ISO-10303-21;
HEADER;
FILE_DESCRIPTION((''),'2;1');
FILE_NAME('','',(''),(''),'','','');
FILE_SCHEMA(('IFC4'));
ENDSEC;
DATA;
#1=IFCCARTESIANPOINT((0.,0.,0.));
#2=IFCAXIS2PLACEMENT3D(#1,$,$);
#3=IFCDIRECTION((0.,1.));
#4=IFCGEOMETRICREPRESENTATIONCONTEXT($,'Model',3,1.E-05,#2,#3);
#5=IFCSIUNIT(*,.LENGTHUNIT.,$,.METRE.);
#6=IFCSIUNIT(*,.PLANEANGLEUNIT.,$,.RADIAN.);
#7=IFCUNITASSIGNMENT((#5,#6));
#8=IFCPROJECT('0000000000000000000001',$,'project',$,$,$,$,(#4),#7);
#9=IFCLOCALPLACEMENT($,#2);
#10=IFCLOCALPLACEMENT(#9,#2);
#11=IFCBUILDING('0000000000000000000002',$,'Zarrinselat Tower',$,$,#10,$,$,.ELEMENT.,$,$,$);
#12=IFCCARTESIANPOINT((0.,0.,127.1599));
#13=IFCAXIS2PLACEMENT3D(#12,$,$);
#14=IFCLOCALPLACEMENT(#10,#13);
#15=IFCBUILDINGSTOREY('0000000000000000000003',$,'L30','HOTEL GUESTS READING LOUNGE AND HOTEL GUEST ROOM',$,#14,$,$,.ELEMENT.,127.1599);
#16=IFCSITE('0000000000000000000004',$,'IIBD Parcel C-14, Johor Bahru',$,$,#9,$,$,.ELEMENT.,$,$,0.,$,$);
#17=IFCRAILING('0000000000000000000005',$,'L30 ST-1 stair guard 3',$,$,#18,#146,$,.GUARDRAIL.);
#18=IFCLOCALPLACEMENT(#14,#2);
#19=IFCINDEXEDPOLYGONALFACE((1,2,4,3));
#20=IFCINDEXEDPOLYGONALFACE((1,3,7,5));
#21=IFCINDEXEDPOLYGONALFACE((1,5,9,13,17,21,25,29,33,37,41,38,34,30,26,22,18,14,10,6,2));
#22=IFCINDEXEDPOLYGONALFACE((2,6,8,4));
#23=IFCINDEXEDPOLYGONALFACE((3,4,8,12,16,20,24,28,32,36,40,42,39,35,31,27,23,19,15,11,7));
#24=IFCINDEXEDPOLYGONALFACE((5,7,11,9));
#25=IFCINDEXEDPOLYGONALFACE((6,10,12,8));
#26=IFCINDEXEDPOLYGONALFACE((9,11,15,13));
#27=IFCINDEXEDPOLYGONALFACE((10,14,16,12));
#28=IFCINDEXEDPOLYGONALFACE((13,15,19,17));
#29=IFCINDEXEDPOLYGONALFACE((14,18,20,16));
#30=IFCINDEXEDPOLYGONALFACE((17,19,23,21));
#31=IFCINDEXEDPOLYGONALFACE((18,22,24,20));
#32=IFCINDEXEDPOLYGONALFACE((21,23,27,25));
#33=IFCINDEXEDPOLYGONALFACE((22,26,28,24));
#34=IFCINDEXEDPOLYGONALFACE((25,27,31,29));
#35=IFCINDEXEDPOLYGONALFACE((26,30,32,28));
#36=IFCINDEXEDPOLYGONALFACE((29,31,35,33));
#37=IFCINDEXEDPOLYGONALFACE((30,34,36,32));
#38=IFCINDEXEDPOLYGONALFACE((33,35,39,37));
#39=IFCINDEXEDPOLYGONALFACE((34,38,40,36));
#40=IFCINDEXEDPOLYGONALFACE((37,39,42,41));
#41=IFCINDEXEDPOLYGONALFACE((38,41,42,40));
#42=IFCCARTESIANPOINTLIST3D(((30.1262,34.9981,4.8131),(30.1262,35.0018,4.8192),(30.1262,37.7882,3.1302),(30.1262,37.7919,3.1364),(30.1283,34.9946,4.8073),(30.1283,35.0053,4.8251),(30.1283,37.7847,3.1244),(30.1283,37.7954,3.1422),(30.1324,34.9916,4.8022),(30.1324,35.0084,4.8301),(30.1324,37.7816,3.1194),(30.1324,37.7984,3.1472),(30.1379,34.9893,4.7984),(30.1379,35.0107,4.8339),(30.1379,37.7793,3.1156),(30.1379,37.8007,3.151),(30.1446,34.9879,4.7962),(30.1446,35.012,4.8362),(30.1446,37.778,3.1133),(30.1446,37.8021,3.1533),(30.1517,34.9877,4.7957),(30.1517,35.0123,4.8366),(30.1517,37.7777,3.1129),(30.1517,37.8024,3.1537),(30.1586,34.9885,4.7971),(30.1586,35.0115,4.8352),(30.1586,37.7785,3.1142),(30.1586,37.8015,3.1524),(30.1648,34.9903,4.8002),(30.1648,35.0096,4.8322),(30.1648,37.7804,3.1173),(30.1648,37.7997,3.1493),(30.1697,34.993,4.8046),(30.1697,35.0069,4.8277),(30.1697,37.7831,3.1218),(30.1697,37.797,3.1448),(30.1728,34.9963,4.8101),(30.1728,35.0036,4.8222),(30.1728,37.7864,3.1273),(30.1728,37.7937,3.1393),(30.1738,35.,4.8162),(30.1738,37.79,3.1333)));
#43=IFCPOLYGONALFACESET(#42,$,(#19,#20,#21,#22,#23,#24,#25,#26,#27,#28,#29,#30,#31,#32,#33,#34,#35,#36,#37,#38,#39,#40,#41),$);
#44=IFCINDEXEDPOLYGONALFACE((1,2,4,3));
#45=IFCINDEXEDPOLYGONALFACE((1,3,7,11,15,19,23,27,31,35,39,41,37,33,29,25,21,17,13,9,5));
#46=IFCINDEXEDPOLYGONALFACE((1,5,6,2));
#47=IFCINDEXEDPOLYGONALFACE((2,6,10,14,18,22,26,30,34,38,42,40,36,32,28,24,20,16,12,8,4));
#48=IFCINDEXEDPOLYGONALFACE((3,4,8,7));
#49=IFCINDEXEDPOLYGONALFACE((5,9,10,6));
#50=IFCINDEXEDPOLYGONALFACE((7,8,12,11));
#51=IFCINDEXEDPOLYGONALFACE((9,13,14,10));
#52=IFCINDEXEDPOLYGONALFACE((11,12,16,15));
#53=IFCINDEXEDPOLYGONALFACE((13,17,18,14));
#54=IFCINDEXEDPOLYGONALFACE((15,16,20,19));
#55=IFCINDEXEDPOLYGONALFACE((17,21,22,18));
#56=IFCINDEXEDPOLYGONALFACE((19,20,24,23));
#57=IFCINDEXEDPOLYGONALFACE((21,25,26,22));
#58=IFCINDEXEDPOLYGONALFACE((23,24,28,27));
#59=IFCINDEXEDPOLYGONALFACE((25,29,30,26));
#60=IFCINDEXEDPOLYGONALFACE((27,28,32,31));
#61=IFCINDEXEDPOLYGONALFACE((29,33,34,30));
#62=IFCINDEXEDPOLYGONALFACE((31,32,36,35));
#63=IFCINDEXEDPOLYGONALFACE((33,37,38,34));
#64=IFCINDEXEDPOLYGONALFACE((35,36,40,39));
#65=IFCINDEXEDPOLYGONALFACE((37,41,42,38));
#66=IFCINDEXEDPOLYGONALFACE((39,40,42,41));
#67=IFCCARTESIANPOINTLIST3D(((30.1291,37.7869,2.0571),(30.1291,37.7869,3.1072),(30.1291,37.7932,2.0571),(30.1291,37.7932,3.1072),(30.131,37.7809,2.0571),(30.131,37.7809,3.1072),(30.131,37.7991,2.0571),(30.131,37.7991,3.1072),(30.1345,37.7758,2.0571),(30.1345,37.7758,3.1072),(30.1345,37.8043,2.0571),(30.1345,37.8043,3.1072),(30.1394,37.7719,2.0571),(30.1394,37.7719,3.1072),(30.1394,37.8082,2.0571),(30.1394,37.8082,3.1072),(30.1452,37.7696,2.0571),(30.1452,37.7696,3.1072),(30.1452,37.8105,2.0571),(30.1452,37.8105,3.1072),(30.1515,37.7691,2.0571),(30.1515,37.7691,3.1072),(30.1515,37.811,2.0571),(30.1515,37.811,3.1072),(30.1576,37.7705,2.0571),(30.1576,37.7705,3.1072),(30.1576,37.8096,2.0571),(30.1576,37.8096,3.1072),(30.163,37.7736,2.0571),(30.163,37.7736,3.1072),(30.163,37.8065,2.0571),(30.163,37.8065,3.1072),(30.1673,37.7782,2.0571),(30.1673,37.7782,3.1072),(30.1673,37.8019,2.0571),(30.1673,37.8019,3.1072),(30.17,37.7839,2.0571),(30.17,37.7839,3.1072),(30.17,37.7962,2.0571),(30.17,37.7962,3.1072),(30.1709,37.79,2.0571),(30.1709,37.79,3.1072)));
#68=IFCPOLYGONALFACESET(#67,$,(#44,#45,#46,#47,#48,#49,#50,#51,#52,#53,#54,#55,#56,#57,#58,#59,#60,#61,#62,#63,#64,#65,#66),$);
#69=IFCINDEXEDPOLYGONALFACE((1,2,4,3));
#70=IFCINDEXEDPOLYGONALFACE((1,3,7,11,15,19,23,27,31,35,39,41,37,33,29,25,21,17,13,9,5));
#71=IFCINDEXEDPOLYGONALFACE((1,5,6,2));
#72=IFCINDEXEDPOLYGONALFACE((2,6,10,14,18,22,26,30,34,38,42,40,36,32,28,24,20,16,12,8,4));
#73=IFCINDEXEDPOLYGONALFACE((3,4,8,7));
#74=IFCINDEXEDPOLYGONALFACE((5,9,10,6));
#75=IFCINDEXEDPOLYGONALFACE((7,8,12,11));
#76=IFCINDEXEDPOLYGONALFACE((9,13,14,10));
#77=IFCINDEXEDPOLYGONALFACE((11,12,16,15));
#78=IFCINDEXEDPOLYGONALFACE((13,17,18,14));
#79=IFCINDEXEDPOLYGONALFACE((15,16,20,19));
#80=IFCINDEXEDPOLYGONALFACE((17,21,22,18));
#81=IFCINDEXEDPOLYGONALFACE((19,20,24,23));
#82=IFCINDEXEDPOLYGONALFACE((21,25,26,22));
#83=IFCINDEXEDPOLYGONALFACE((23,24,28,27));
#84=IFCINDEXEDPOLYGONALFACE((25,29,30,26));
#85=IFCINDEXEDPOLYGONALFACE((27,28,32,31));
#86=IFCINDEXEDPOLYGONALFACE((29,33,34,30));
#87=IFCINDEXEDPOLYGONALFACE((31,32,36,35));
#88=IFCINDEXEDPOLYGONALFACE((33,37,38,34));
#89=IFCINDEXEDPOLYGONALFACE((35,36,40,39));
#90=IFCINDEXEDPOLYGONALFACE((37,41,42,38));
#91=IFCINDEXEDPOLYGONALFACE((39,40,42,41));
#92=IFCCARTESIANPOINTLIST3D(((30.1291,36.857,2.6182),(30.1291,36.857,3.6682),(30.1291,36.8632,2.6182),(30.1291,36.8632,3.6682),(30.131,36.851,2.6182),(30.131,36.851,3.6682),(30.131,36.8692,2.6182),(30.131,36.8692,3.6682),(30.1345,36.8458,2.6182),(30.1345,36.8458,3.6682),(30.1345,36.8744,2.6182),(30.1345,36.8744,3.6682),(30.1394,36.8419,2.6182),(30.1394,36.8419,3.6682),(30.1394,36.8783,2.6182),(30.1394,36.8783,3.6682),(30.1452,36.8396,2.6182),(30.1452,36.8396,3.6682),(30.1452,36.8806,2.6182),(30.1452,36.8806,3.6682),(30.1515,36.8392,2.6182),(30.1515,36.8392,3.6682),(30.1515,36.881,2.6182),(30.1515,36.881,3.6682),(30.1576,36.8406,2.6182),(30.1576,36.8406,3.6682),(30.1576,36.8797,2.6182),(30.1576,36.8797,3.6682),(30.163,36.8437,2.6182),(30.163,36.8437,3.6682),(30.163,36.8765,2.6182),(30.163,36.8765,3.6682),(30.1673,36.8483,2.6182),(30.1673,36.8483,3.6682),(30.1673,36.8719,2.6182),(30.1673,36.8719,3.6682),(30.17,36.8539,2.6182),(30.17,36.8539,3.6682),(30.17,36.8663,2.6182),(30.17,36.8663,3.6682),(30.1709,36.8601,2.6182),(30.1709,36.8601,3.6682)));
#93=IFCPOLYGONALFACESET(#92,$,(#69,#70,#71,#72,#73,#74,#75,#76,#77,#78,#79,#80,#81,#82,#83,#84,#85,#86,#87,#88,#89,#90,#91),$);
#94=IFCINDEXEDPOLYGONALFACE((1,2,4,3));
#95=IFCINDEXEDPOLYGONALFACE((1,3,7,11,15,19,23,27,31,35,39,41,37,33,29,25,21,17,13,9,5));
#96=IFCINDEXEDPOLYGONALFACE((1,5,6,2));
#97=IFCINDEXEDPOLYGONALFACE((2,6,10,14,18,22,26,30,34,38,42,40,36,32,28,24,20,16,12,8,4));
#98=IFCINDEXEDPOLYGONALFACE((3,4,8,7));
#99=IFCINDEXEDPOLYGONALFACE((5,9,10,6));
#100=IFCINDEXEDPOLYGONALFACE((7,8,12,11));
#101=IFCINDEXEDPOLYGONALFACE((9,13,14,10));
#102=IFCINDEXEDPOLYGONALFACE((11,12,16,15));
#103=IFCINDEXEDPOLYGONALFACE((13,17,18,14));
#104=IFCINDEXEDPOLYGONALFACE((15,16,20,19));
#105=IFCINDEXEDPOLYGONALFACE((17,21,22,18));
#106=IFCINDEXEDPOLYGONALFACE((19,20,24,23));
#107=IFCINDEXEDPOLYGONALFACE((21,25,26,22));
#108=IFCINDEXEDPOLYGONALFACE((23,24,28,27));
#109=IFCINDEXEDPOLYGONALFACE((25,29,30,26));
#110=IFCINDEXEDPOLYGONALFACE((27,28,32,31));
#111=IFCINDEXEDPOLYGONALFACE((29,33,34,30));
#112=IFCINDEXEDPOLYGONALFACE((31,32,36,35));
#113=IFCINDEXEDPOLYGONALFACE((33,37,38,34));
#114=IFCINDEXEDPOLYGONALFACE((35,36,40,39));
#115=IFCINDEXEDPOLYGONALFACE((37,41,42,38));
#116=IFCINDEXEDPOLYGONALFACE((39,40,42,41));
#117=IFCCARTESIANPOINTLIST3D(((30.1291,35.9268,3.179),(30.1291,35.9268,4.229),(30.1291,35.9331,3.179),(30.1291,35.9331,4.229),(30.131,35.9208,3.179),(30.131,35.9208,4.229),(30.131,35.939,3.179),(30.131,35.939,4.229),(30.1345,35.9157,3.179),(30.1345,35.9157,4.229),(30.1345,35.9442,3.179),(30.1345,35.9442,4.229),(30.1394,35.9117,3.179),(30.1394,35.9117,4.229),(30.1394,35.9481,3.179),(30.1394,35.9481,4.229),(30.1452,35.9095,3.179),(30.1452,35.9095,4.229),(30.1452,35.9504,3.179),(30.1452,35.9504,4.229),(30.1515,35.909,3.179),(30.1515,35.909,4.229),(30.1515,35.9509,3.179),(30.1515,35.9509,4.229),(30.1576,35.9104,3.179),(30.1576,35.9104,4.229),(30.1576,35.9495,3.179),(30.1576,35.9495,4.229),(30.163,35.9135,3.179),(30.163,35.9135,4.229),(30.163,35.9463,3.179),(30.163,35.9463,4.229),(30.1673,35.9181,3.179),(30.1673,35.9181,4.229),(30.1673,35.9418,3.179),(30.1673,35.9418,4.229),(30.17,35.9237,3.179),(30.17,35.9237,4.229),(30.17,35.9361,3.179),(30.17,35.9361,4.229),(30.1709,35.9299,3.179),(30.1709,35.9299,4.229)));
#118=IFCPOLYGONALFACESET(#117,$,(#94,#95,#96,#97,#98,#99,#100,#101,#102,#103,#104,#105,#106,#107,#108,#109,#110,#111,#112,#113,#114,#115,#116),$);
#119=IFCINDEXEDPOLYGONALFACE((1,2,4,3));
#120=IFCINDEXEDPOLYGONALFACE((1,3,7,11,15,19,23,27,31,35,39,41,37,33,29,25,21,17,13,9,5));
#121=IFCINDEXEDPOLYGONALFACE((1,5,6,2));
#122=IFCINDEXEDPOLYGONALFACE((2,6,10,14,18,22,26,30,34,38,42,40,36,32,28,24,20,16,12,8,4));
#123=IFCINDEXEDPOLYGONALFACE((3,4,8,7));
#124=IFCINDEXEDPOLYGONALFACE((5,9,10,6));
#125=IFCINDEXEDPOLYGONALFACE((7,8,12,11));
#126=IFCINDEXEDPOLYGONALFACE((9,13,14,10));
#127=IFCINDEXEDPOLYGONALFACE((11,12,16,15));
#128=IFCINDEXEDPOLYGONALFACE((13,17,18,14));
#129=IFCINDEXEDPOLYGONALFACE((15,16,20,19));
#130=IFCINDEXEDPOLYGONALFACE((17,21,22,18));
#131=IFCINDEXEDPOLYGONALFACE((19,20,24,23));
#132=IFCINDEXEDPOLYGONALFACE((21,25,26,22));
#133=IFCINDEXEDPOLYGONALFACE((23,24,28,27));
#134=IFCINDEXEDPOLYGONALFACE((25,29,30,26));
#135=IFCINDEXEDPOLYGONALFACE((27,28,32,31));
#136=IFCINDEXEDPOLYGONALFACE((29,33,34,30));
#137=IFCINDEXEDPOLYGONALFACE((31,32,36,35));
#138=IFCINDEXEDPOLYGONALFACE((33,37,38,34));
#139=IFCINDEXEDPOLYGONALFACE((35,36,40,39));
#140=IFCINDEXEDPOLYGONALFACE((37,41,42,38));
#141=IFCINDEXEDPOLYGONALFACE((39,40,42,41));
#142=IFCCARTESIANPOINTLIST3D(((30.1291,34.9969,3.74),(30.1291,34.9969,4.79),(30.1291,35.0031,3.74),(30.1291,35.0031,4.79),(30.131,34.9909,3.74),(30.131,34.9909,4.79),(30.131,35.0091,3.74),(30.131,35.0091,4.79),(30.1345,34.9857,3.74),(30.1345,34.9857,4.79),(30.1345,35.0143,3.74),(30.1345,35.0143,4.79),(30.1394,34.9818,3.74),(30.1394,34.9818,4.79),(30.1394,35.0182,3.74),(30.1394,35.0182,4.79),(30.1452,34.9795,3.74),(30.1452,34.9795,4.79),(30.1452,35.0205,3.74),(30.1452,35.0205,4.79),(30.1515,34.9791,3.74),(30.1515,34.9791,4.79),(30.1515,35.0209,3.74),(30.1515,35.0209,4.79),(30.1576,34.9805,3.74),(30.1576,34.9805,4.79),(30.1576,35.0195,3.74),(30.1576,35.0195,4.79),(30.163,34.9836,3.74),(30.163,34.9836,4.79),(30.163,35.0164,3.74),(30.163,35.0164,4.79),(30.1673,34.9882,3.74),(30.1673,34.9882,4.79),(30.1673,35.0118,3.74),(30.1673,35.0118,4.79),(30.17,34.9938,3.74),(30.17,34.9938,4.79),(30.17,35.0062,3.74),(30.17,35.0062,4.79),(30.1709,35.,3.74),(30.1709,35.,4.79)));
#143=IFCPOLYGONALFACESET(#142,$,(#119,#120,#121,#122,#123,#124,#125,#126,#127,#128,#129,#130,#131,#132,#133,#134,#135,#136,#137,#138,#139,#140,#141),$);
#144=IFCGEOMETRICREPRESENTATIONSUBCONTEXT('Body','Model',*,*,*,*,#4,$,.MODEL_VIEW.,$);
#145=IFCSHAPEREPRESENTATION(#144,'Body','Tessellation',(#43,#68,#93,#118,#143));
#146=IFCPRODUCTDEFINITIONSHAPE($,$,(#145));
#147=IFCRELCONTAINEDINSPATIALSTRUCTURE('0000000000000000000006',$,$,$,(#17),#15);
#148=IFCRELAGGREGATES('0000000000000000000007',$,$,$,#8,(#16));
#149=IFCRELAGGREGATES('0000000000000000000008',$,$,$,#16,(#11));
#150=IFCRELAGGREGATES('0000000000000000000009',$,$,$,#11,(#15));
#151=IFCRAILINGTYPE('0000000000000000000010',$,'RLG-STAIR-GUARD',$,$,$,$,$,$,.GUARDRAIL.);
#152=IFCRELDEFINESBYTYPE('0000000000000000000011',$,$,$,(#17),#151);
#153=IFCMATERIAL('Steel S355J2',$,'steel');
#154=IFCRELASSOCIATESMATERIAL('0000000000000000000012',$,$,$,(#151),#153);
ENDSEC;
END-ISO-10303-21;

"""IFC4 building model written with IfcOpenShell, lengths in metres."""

from ifc_helpers import new_model, si_unit, direction, frame, origin, origin_2d, place, context, subcontext, project, spatial, circle, extrude, material, type_object, element, save


model = new_model("IFC4")

# Units and contexts
model_context = context("Model", 3, precision=1e-05, world=origin(), true_north=direction((0.0, 1.0)))
body_context = subcontext(model_context, "Body", "Model", "MODEL_VIEW")
ifc_project = project(units=[si_unit("LENGTHUNIT", "METRE"), si_unit("PLANEANGLEUNIT", "RADIAN")], contexts=[model_context])

# Site, building, storey
site_placement = place(None, origin())
site = spatial("IfcSite", under=ifc_project, at=site_placement, Name="IIBD Parcel C-14, Johor Bahru", CompositionType="ELEMENT", RefElevation=0.0)
building_placement = place(site_placement, origin())
building = spatial("IfcBuilding", under=site, at=building_placement, Name="Zarrinselat Tower", CompositionType="ELEMENT")
storey_placement = place(building_placement, frame((0.0, 0.0, 127.1599)))
storey = spatial("IfcBuildingStorey", under=building, at=storey_placement, Name="L30", Description="HOTEL GUESTS READING LOUNGE AND HOTEL GUEST ROOM", CompositionType="ELEMENT", Elevation=127.1599)

# Railing
ifc_material_1 = material(Name="Steel S355J2", Category="steel")
railing_type_1 = type_object("IfcRailingType", Name="RLG-STAIR-GUARD", PredefinedType="GUARDRAIL", material=ifc_material_1)
railing_1_placement = place(storey_placement, frame((30.1499, 37.79, 2.0571)))
element("IfcRailing", 1, at=railing_1_placement, inside=storey, type_object=railing_type_1, Name="L30 ST-1 stair guard 3", PredefinedType="GUARDRAIL", context=body_context, shape_type="SweptSolid", body=[
    extrude(circle(Radius=0.0239, at=origin_2d()), frame((0.0, 0.0, 1.0762), z_axis=(0.0, -0.856294, 0.516489), x_axis=(1.0, 0.0, 0.0)), (0.0, 0.0, 1.0), 3.2583),
    extrude(circle(Radius=0.021, at=origin_2d()), origin(), (0.0, 0.0, 1.0), 1.05),
    extrude(circle(Radius=0.021, at=origin_2d()), frame((0.0, -0.9299, 0.561)), (0.0, 0.0, 1.0), 1.05),
    extrude(circle(Radius=0.021, at=origin_2d()), frame((0.0, -1.8601, 1.1218)), (0.0, 0.0, 1.0), 1.05),
    extrude(circle(Radius=0.021, at=origin_2d()), frame((0.0, -2.79, 1.6829)), (0.0, 0.0, 1.0), 1.05),
])

save(model, "model.ifc")
